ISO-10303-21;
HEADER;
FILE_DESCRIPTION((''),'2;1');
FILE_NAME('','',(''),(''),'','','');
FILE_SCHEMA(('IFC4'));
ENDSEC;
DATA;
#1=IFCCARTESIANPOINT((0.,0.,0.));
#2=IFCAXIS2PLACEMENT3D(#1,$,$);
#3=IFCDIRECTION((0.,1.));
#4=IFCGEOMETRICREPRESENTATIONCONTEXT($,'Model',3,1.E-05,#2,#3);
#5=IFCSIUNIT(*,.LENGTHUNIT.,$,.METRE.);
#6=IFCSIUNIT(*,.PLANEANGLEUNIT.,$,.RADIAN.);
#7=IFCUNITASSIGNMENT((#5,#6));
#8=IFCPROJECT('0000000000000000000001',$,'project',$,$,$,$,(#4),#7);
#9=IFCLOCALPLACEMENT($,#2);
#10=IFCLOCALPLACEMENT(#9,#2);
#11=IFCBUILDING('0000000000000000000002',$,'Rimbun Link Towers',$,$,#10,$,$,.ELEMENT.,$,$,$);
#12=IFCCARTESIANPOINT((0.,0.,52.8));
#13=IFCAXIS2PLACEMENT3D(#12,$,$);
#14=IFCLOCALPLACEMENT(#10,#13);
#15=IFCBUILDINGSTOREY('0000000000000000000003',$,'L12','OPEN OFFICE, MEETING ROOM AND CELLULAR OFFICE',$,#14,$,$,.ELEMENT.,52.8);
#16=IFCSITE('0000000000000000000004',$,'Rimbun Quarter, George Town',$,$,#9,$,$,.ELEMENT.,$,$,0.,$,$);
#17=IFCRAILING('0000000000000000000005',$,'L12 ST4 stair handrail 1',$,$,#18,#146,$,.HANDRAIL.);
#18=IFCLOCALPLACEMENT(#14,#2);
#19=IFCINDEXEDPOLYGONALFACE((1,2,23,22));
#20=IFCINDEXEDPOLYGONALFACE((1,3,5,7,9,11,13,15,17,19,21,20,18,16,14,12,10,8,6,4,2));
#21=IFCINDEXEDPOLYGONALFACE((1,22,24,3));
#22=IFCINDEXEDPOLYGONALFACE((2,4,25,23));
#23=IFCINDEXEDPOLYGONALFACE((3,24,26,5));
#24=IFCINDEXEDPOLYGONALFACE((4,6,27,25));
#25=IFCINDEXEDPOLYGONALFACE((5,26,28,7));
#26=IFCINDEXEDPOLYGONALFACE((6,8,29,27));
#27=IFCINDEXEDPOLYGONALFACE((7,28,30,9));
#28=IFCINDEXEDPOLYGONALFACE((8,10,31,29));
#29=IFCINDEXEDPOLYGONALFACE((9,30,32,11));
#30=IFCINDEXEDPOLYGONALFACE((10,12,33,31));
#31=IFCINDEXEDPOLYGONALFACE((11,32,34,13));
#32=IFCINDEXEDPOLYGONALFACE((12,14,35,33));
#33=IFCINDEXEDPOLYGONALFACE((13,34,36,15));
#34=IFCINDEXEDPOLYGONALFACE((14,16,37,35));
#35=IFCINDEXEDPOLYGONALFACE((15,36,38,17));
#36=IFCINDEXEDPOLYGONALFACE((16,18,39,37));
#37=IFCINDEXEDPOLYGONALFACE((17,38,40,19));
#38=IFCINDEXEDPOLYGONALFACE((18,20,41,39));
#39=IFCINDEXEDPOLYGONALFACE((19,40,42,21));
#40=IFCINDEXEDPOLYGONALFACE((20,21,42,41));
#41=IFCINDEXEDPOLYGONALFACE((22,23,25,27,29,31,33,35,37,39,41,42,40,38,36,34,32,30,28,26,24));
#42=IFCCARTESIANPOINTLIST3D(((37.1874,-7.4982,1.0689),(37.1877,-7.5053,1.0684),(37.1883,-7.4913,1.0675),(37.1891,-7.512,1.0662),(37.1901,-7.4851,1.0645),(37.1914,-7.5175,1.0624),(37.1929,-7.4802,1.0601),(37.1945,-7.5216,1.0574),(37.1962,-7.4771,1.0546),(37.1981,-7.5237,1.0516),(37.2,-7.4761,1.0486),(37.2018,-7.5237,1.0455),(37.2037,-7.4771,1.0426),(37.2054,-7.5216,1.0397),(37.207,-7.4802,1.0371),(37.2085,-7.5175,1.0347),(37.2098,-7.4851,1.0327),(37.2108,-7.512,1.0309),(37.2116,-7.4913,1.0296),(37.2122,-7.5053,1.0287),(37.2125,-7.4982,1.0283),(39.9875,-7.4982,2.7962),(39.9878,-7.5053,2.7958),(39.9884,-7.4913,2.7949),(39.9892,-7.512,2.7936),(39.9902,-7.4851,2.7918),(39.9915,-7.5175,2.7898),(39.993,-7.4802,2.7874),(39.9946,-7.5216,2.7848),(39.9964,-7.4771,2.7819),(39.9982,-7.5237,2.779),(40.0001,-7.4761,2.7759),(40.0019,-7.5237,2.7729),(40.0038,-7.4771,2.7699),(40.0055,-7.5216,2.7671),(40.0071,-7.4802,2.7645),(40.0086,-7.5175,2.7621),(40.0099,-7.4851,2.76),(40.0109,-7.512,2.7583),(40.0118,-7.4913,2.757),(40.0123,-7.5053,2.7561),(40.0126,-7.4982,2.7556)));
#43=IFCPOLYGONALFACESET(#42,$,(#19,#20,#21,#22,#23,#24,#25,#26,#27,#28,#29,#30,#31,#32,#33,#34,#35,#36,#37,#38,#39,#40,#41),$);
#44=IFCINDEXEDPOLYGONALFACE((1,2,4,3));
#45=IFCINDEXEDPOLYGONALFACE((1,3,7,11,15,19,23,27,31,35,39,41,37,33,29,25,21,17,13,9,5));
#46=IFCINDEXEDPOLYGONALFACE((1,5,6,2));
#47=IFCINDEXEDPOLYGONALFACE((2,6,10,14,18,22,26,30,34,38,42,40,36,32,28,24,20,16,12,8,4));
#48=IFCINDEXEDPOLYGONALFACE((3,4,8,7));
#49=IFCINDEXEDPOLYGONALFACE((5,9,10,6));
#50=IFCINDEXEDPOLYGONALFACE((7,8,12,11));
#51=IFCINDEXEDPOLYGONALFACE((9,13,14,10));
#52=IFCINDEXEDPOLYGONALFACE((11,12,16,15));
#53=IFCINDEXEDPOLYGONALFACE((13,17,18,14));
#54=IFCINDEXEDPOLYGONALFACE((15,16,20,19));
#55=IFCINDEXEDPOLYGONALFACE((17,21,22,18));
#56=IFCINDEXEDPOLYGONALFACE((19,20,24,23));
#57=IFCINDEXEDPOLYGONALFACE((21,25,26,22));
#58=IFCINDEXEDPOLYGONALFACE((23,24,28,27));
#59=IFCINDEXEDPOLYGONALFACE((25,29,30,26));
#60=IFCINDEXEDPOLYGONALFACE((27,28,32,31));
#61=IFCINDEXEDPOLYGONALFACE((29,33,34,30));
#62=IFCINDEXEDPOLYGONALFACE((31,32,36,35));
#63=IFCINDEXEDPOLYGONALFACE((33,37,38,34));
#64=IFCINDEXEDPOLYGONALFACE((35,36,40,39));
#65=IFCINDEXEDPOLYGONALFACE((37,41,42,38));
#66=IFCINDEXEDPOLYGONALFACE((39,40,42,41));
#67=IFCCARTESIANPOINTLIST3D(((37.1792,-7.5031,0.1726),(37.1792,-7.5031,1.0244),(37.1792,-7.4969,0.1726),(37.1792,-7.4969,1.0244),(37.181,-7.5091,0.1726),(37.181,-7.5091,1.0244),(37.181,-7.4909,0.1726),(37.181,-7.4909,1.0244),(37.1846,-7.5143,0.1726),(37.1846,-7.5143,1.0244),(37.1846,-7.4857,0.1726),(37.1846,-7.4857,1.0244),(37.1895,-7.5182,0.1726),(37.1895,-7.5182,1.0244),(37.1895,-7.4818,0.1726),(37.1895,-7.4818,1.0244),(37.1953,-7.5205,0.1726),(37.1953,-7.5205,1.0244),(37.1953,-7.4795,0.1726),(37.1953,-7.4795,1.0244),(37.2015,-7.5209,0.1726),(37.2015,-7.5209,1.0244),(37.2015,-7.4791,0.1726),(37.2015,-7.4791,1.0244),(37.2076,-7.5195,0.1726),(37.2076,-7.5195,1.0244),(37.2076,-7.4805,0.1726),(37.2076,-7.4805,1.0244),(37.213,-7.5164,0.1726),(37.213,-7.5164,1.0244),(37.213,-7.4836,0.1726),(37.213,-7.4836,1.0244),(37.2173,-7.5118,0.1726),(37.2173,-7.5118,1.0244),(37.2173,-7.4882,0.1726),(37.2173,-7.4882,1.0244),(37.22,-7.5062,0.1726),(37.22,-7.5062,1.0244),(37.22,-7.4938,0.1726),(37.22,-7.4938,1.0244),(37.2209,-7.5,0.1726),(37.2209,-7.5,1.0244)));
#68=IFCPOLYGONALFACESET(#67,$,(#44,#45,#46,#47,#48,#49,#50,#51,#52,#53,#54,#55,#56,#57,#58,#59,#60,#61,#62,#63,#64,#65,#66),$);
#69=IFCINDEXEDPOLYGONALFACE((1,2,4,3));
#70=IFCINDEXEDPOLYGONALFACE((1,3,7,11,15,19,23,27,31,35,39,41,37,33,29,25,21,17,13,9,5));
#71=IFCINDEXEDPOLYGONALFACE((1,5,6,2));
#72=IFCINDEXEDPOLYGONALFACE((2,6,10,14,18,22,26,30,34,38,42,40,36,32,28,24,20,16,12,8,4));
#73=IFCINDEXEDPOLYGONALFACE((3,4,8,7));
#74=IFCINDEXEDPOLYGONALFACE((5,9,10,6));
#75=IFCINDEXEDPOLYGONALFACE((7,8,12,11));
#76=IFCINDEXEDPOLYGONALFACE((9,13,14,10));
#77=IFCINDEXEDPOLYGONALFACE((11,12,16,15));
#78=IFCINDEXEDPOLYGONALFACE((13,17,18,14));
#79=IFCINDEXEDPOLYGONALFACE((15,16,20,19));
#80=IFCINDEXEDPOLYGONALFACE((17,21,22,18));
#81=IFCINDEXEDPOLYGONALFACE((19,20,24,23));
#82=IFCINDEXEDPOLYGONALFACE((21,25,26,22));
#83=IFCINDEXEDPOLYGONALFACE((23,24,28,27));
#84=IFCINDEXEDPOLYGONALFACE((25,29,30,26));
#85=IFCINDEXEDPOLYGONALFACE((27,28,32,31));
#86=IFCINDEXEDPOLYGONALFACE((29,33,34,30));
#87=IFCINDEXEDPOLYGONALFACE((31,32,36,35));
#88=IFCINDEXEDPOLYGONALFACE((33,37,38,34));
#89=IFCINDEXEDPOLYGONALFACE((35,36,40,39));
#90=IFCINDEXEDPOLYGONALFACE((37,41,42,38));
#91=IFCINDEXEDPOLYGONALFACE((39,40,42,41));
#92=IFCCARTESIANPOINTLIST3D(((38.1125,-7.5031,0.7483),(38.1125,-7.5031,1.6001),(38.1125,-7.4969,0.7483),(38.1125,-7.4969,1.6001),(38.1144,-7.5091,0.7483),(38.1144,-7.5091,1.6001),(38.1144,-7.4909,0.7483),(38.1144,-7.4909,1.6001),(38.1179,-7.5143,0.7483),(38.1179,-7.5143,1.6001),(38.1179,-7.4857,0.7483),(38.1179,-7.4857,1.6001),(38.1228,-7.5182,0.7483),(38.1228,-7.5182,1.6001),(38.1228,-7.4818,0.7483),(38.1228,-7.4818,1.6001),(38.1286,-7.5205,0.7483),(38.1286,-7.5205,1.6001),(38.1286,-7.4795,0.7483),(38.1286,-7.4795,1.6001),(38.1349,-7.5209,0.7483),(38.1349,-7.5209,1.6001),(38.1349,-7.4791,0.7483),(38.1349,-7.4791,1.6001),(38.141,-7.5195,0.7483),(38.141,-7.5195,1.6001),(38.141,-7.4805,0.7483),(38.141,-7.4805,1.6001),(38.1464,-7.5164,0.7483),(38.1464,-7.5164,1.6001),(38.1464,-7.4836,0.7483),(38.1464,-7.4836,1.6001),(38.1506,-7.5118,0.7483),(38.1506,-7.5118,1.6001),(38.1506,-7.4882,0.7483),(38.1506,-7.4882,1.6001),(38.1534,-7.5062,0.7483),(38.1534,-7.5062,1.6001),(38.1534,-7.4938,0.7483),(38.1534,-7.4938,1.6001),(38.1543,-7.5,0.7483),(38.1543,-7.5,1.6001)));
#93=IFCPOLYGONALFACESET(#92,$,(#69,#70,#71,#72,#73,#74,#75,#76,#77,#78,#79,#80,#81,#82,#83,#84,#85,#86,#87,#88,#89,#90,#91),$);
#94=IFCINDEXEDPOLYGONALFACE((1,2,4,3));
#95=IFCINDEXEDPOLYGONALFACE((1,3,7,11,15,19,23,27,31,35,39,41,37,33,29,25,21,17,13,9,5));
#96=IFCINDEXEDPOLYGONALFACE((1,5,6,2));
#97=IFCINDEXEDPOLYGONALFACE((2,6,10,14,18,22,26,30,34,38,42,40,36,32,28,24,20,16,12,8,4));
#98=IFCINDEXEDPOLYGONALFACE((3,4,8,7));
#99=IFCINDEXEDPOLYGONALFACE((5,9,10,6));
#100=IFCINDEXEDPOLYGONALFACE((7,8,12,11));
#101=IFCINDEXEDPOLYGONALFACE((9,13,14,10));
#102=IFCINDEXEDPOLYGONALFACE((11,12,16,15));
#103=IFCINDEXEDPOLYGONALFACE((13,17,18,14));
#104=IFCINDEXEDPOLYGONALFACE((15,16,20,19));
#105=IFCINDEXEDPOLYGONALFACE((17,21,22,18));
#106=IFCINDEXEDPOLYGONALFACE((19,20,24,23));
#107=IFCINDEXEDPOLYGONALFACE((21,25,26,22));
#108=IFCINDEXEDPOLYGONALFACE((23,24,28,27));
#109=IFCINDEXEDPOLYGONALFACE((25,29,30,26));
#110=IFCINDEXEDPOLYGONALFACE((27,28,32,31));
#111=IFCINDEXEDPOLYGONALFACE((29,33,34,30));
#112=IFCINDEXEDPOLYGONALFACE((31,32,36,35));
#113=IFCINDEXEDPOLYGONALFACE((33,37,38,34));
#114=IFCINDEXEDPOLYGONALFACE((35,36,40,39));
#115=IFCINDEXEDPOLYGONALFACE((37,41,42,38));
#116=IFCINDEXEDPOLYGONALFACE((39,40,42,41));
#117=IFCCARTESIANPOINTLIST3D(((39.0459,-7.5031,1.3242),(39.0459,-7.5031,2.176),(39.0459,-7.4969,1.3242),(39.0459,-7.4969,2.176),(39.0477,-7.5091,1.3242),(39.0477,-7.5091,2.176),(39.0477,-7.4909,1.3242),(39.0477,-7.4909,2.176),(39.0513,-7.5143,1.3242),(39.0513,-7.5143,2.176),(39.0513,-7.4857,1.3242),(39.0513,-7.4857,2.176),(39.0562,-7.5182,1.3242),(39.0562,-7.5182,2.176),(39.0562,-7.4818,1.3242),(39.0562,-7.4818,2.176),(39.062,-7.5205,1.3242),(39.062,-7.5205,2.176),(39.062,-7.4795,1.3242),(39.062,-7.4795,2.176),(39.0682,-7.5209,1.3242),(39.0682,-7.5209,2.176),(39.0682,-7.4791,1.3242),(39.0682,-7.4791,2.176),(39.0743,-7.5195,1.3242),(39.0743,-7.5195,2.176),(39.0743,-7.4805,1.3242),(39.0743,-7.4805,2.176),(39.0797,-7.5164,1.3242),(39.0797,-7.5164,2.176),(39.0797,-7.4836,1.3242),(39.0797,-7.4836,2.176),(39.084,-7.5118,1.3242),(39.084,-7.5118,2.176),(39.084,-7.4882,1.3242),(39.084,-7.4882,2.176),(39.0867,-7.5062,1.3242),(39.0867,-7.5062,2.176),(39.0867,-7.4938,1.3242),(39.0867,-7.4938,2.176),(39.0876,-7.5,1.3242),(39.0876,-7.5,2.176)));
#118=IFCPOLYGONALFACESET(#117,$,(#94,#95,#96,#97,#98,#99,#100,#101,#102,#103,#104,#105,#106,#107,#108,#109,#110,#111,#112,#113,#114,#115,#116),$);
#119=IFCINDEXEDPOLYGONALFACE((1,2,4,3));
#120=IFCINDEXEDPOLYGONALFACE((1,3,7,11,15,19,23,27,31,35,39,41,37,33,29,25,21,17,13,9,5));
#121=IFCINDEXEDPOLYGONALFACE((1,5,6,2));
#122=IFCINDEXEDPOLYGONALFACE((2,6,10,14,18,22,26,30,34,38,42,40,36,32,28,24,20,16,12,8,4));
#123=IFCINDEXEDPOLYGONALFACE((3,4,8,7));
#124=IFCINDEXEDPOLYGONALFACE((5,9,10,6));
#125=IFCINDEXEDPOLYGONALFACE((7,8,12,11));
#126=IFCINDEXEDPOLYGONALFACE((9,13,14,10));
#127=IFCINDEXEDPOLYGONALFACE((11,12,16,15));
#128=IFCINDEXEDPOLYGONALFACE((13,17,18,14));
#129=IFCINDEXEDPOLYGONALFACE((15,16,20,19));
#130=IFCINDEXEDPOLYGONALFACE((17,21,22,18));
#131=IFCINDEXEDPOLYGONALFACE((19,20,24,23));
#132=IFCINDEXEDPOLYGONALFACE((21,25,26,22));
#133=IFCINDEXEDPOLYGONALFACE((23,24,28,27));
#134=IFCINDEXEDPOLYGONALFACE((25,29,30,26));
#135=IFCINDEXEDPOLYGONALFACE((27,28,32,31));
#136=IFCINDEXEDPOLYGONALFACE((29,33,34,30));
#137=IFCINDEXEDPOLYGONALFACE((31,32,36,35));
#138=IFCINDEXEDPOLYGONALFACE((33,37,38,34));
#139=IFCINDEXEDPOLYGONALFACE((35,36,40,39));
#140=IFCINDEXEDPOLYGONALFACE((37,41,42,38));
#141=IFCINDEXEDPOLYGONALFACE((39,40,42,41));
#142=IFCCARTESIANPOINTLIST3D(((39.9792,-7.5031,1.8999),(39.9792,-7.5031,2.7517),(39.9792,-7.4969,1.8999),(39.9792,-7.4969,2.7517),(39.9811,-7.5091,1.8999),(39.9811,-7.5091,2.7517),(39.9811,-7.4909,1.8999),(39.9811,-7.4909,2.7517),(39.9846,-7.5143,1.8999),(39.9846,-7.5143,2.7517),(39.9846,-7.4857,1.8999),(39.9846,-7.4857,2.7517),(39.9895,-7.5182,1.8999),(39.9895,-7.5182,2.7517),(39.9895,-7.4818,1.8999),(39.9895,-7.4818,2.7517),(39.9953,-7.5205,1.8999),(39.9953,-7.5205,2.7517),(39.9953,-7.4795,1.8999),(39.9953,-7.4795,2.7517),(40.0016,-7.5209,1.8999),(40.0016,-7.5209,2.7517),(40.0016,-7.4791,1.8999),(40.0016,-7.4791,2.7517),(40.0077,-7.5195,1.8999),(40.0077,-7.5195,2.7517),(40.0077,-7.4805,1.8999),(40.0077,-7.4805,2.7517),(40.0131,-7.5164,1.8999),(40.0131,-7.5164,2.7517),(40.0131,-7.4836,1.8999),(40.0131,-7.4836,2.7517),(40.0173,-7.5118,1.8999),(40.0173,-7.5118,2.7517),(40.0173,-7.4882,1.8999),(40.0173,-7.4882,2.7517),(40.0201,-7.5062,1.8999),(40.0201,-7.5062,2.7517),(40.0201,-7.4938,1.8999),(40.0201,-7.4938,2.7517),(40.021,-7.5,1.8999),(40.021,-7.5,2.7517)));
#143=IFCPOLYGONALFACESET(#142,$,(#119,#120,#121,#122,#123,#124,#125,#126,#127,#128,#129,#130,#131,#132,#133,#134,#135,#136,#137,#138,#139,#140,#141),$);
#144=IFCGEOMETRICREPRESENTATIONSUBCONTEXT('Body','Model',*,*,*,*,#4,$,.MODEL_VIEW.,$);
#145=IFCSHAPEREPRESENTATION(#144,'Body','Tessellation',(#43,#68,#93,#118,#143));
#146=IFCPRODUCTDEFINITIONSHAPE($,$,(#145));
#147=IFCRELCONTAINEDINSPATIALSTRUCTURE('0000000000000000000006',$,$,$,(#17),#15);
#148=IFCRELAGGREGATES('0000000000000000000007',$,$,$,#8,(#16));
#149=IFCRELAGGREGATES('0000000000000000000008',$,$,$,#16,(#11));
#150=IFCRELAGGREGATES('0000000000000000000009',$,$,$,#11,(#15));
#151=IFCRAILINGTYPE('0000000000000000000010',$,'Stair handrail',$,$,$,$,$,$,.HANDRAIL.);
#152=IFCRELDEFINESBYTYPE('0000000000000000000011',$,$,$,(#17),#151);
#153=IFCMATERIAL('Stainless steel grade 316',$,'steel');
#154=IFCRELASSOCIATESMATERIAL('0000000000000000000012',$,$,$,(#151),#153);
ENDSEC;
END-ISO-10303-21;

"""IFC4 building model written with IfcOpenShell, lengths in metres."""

from ifc_helpers import new_model, si_unit, direction, frame, origin, origin_2d, place, context, subcontext, project, spatial, circle, extrude, material, type_object, element, save


model = new_model("IFC4")

# Units and contexts
model_context = context("Model", 3, precision=1e-05, world=origin(), true_north=direction((0.0, 1.0)))
body_context = subcontext(model_context, "Body", "Model", "MODEL_VIEW")
ifc_project = project(units=[si_unit("LENGTHUNIT", "METRE"), si_unit("PLANEANGLEUNIT", "RADIAN")], contexts=[model_context])

# Site, building, storey
site_placement = place(None, origin())
site = spatial("IfcSite", under=ifc_project, at=site_placement, Name="Rimbun Quarter, George Town", CompositionType="ELEMENT", RefElevation=0.0)
building_placement = place(site_placement, origin())
building = spatial("IfcBuilding", under=site, at=building_placement, Name="Rimbun Link Towers", CompositionType="ELEMENT")
storey_placement = place(building_placement, frame((0.0, 0.0, 52.8)))
storey = spatial("IfcBuildingStorey", under=building, at=storey_placement, Name="L12", Description="OPEN OFFICE, MEETING ROOM AND CELLULAR OFFICE", CompositionType="ELEMENT", Elevation=52.8)

# Railing
ifc_material_1 = material(Name="Stainless steel grade 316", Category="steel")
railing_type_1 = type_object("IfcRailingType", Name="Stair handrail", PredefinedType="HANDRAIL", material=ifc_material_1)
railing_1_placement = place(storey_placement, frame((37.2, -7.5, 0.1726)))
element("IfcRailing", 1, at=railing_1_placement, inside=storey, type_object=railing_type_1, Name="L12 ST4 stair handrail 1", PredefinedType="HANDRAIL", context=body_context, shape_type="SweptSolid", body=[
    extrude(circle(Radius=0.0239, at=origin_2d()), frame((0.0, 0.0, 0.876), z_axis=(0.85109, 0.0, 0.52502), x_axis=(0.0, 1.0, 0.0)), (0.0, 0.0, 1.0), 3.29),
    extrude(circle(Radius=0.021, at=origin_2d()), origin(), (0.0, 0.0, 1.0), 0.8518),
    extrude(circle(Radius=0.021, at=origin_2d()), frame((0.9333, 0.0, 0.5757)), (0.0, 0.0, 1.0), 0.8518),
    extrude(circle(Radius=0.021, at=origin_2d()), frame((1.8667, 0.0, 1.1516)), (0.0, 0.0, 1.0), 0.8518),
    extrude(circle(Radius=0.021, at=origin_2d()), frame((2.8, 0.0, 1.7273)), (0.0, 0.0, 1.0), 0.8518),
])

save(model, "model.ifc")
